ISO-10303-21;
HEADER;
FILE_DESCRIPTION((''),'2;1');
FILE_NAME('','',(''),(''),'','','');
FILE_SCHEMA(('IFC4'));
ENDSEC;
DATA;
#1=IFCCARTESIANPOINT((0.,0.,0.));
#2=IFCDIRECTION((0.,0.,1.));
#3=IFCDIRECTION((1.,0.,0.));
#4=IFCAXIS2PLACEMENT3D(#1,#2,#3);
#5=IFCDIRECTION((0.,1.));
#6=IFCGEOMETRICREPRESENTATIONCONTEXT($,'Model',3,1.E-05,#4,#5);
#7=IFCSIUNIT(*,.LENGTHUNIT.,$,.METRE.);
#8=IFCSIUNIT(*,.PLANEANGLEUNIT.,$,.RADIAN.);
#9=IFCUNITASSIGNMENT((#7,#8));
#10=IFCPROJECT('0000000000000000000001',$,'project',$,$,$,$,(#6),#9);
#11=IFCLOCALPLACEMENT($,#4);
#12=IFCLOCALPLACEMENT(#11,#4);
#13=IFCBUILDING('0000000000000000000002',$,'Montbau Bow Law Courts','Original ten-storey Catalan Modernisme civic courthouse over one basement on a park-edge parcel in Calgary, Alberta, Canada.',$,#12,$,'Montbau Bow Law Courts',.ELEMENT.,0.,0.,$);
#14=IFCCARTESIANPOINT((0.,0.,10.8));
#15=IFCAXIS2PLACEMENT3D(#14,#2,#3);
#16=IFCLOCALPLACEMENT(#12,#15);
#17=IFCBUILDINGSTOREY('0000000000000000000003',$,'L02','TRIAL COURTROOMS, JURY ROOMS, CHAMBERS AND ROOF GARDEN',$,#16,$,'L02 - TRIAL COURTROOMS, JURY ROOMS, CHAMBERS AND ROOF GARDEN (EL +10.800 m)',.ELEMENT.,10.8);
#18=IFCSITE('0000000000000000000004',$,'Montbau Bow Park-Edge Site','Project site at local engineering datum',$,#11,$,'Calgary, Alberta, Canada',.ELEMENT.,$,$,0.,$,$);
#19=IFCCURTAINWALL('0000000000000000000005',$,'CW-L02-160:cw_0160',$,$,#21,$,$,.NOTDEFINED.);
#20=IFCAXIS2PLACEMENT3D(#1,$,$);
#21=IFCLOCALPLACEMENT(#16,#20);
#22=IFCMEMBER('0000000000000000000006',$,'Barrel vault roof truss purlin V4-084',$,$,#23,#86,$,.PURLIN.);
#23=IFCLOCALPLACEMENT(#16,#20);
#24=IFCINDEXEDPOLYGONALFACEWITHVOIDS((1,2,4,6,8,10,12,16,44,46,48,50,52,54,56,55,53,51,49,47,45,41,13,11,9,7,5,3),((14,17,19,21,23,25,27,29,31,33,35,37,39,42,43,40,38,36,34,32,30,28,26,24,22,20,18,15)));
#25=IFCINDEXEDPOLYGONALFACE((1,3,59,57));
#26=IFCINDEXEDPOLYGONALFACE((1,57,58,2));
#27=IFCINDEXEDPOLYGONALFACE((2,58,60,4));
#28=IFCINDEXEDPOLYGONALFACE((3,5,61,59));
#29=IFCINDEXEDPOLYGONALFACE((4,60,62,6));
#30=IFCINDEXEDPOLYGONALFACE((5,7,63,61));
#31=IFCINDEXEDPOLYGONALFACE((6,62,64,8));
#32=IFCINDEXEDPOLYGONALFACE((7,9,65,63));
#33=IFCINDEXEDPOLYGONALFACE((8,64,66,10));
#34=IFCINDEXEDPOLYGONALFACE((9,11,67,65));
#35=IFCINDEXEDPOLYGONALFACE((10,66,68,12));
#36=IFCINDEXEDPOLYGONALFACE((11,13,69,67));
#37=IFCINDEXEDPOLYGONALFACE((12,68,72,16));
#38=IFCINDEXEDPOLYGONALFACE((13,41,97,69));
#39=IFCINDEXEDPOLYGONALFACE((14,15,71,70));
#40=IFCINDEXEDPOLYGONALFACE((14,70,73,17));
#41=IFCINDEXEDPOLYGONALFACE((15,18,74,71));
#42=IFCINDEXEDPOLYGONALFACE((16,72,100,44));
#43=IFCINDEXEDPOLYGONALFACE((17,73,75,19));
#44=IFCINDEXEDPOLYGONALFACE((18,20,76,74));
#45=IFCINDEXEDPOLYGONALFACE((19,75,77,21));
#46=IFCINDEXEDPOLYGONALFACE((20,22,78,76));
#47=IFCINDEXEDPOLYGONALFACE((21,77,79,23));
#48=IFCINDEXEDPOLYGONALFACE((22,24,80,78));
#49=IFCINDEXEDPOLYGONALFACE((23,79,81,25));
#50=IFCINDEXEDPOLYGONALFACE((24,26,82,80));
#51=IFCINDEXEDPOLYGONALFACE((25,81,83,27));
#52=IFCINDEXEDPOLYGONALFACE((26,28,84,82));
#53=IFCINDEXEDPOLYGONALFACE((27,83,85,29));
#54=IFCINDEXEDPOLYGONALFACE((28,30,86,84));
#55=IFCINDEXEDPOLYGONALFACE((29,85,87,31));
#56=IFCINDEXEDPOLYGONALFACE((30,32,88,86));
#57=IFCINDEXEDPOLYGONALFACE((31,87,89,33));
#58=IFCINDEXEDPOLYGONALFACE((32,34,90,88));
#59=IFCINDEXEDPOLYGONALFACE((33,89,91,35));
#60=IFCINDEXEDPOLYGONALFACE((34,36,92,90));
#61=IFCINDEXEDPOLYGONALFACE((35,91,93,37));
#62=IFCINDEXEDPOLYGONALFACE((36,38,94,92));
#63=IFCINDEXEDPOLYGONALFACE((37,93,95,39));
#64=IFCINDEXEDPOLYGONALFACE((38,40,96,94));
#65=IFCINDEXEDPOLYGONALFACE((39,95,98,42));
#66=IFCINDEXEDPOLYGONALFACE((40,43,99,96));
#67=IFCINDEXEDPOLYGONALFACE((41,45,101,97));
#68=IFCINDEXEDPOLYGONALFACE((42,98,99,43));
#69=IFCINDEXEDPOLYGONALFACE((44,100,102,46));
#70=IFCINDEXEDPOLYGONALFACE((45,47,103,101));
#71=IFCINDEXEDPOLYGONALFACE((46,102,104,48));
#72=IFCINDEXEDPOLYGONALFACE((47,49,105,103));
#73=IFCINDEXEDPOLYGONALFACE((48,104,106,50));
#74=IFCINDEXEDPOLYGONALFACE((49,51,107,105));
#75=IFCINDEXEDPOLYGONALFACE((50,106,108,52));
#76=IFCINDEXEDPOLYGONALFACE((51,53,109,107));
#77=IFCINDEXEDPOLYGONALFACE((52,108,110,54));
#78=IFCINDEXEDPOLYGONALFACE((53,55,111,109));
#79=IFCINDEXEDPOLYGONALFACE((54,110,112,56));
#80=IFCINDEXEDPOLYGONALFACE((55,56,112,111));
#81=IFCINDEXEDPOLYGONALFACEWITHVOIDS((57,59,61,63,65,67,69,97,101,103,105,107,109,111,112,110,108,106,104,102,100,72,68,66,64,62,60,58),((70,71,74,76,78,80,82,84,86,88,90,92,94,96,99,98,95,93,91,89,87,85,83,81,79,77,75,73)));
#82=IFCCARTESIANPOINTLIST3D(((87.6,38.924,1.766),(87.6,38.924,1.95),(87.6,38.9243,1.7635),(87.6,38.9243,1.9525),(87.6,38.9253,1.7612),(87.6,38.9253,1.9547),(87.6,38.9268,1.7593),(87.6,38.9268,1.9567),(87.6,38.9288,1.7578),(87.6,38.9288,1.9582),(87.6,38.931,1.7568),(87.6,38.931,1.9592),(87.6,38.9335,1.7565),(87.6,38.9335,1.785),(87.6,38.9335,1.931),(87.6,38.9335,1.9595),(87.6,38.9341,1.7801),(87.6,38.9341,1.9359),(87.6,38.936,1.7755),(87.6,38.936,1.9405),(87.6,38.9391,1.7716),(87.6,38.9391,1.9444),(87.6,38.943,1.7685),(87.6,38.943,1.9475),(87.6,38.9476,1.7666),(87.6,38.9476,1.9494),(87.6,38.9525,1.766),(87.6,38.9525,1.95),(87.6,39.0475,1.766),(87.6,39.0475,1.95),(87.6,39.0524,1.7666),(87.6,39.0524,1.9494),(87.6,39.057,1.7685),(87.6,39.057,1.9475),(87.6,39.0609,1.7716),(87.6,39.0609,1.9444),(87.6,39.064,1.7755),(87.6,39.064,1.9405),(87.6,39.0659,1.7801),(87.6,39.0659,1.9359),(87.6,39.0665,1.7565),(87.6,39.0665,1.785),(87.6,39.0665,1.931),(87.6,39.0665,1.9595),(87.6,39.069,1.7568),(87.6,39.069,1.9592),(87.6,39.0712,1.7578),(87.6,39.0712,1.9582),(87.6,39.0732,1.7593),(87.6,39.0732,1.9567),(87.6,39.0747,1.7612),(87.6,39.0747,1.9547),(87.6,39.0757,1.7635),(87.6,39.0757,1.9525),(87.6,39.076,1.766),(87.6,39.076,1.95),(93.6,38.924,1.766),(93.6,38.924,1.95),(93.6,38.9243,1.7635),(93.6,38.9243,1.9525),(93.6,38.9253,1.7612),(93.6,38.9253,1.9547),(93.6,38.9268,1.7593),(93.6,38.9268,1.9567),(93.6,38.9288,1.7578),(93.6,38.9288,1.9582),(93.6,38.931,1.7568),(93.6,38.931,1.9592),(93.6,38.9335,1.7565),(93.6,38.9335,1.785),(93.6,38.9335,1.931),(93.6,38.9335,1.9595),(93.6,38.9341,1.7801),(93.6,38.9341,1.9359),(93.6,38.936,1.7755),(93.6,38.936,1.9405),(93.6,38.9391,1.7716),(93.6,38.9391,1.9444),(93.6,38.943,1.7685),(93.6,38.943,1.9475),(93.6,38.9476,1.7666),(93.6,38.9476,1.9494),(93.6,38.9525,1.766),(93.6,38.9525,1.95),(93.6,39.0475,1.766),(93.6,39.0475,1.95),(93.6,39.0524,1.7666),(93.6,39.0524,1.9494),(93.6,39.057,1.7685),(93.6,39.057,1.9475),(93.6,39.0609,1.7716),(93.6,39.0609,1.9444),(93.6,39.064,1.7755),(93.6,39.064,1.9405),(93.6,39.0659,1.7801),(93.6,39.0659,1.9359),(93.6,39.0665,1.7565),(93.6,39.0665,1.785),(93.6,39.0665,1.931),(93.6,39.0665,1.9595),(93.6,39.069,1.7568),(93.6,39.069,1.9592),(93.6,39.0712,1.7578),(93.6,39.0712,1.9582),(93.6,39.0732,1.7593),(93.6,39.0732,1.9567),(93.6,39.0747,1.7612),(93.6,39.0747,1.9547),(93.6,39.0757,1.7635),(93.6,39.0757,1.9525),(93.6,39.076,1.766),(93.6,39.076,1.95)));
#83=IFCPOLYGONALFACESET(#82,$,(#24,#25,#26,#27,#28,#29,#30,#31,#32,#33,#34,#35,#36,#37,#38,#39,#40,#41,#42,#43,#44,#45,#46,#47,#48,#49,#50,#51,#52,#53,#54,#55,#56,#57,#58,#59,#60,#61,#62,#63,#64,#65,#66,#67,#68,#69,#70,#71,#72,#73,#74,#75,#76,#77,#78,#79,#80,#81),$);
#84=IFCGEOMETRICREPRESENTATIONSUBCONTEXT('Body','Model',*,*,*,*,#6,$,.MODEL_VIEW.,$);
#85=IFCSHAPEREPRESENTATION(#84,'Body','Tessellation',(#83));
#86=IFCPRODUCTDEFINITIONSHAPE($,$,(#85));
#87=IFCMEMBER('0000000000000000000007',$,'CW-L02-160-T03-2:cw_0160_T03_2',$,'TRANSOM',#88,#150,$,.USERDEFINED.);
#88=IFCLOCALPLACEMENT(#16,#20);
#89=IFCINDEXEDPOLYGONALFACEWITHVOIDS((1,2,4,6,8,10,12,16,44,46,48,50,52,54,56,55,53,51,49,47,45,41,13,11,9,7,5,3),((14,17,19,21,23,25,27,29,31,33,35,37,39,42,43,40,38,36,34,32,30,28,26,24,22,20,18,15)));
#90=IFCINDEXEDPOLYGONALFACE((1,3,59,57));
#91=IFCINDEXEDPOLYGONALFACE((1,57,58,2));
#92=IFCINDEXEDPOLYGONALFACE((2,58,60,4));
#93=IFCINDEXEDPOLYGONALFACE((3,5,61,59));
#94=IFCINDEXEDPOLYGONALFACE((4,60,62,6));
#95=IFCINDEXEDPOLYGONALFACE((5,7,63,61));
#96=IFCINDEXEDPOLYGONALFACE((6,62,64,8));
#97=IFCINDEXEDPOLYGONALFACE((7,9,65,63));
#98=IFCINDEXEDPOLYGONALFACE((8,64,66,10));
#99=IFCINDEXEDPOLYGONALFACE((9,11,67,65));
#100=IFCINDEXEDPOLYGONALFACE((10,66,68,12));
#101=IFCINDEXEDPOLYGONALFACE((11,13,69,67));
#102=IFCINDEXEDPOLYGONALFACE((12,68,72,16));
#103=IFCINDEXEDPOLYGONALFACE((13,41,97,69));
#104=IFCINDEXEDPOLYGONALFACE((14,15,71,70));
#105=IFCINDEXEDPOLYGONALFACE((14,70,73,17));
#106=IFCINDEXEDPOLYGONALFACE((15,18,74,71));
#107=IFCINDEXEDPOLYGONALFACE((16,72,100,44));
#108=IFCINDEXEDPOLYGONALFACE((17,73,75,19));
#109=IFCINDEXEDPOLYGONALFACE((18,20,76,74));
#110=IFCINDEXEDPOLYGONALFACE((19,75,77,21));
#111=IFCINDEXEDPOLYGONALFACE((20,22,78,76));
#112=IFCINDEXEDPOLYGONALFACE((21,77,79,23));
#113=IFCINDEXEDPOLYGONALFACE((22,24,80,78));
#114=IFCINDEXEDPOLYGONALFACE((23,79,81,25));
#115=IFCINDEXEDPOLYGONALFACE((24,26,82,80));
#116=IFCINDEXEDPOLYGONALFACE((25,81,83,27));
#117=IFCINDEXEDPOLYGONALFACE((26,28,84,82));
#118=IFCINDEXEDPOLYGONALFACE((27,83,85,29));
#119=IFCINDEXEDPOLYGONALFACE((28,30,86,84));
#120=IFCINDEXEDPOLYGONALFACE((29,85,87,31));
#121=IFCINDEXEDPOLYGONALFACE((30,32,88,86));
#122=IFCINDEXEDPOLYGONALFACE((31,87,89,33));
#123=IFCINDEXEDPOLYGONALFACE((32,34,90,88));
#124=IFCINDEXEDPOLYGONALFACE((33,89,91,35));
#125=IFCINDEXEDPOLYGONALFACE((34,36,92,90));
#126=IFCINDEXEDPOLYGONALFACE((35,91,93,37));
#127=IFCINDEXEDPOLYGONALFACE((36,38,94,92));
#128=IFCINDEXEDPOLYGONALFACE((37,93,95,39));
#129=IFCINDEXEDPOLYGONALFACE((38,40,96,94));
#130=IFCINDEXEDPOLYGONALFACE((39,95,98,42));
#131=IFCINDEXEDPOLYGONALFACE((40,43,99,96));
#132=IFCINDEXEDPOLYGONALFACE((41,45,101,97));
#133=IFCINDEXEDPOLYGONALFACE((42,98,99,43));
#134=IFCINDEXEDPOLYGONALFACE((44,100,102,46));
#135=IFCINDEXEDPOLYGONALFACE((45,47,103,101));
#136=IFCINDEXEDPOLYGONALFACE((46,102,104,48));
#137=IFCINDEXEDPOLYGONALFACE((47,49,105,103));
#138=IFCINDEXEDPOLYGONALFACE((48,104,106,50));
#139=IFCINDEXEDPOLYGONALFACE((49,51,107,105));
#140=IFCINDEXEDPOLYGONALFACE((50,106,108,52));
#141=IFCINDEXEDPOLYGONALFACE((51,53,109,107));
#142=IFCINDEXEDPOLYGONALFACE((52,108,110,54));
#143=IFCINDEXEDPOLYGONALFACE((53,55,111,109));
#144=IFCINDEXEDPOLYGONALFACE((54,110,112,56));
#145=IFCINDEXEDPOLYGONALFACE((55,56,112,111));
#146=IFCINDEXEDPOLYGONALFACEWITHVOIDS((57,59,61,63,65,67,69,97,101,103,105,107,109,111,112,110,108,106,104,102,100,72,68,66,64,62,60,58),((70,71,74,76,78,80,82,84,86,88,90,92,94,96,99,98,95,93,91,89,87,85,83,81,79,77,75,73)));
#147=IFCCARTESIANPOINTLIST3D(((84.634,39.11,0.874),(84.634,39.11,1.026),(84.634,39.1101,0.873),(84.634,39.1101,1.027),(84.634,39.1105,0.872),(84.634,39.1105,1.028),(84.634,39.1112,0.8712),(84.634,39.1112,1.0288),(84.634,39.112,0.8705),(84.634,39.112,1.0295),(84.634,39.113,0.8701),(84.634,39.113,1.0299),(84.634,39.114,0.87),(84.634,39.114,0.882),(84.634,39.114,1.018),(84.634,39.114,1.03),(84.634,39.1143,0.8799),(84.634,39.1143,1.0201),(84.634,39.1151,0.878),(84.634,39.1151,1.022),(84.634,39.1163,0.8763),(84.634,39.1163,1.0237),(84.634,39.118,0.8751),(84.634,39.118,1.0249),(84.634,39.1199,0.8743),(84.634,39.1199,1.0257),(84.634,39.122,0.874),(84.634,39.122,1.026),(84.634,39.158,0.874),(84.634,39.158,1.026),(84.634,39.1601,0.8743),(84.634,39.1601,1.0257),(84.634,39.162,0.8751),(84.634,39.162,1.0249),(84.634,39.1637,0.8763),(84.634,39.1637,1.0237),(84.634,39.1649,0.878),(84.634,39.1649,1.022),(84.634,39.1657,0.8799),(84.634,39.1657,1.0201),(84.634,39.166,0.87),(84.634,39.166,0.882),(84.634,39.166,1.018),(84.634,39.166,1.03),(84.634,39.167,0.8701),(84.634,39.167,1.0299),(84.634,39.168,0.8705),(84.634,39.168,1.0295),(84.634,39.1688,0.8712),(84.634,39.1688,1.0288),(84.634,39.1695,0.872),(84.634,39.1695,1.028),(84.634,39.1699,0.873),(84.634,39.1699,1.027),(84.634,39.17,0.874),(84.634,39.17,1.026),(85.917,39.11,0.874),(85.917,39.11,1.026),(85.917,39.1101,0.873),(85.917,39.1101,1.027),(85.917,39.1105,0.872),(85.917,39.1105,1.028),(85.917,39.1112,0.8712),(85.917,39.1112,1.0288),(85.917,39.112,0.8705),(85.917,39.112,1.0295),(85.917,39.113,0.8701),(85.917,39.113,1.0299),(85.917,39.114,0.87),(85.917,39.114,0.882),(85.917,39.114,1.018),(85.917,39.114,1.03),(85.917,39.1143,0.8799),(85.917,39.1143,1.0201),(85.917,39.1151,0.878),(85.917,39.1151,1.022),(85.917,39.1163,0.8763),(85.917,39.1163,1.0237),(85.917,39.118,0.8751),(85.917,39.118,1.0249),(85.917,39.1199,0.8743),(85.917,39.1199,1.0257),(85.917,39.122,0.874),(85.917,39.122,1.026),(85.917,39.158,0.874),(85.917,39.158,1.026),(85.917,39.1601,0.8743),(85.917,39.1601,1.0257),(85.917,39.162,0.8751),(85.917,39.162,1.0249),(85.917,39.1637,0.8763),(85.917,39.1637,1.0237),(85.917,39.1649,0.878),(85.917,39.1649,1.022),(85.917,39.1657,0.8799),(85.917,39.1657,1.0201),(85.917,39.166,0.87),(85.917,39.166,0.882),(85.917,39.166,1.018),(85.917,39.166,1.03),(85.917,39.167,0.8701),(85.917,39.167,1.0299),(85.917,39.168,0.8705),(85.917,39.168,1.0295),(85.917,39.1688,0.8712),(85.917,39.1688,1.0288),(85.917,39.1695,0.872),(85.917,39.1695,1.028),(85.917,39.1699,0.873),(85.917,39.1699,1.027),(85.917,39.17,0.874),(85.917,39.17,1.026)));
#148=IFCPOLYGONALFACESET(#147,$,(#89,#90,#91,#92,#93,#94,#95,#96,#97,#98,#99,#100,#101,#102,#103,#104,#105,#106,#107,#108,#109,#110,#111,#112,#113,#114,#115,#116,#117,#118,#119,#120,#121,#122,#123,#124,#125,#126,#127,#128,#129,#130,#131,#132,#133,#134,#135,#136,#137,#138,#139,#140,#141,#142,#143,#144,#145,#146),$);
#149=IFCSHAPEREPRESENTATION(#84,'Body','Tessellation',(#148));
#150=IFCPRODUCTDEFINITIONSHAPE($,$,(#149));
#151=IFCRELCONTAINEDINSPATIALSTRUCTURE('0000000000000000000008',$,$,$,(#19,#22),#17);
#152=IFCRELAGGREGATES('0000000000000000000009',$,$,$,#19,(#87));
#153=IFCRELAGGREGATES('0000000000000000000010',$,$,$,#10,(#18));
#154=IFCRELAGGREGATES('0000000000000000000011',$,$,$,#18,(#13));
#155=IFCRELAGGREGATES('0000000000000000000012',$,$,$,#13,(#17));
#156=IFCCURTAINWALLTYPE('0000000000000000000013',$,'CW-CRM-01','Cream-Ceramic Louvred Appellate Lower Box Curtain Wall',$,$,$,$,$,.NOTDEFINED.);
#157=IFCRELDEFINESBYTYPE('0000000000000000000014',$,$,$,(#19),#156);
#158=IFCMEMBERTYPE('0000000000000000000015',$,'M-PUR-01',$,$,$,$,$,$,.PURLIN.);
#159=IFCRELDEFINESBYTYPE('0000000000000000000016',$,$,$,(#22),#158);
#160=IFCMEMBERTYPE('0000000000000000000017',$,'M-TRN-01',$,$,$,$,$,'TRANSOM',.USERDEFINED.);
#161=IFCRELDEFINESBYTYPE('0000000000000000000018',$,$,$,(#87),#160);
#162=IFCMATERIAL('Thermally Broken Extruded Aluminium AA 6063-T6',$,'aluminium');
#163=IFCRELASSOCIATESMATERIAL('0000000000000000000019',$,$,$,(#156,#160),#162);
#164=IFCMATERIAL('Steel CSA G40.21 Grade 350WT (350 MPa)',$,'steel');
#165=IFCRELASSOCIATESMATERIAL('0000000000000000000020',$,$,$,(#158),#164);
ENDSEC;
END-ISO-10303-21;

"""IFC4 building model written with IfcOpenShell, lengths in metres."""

from ifc_helpers import new_model, si_unit, direction, frame, origin_with_axes, origin_2d_with_axis, place, context, subcontext, project, spatial, hollow_rectangle, extrude, material, material_profile, profile_set, type_object, element, aggregate, save


model = new_model("IFC4")

# Units and contexts
model_context = context("Model", 3, precision=1e-05, world=origin_with_axes(), true_north=direction((0.0, 1.0)))
body_context = subcontext(model_context, "Body", "Model", "MODEL_VIEW")
ifc_project = project(units=[si_unit("LENGTHUNIT", "METRE"), si_unit("PLANEANGLEUNIT", "RADIAN")], contexts=[model_context])

# Site, building, storey
site_placement = place(None, origin_with_axes())
site = spatial("IfcSite", under=ifc_project, at=site_placement, Name="Montbau Bow Park-Edge Site", Description="Project site at local engineering datum", LongName="Calgary, Alberta, Canada", CompositionType="ELEMENT", RefElevation=0.0)
building_placement = place(site_placement, origin_with_axes())
building = spatial("IfcBuilding", under=site, at=building_placement, Name="Montbau Bow Law Courts", Description="Original ten-storey Catalan Modernisme civic courthouse over one basement on a park-edge parcel in Calgary, Alberta, Canada.", LongName="Montbau Bow Law Courts", CompositionType="ELEMENT", ElevationOfRefHeight=0.0, ElevationOfTerrain=0.0)
storey_placement = place(building_placement, frame((0.0, 0.0, 10.8), z_axis=(0.0, 0.0, 1.0), x_axis=(1.0, 0.0, 0.0)))
storey = spatial("IfcBuildingStorey", under=building, at=storey_placement, Name="L02", Description="TRIAL COURTROOMS, JURY ROOMS, CHAMBERS AND ROOF GARDEN", LongName="L02 - TRIAL COURTROOMS, JURY ROOMS, CHAMBERS AND ROOF GARDEN (EL +10.800 m)", CompositionType="ELEMENT", Elevation=10.8)

# Shared definitions
ifc_material_1 = material(Name="Steel CSA G40.21 Grade 350WT (350 MPa)", Category="steel")

# Curtain wall
ifc_material_2 = material(Name="Thermally Broken Extruded Aluminium AA 6063-T6", Category="aluminium")
curtain_wall_type = type_object("IfcCurtainWallType", Name="CW-CRM-01", Description="Cream-Ceramic Louvred Appellate Lower Box Curtain Wall", PredefinedType="NOTDEFINED", material=ifc_material_2)
curtain_wall_1_placement = place(None, frame((81.897, 39.14, 10.8), z_axis=(0.0, 0.0, 1.0), x_axis=(1.0, 0.0, 0.0)))
curtain_wall_1 = element("IfcCurtainWall", 1, at=curtain_wall_1_placement, inside=storey, type_object=curtain_wall_type, Name="CW-L02-160:cw_0160", PredefinedType="NOTDEFINED")

# Members
ifc_material_profile_1 = material_profile(ifc_material_1, hollow_rectangle(XDim=0.152, YDim=0.203, WallThickness=0.0095, InnerFilletRadius=0.019, OuterFilletRadius=0.0095, at=origin_2d_with_axis()), Name="HSS203X152X9.5", Category="Main", Priority=0)
ifc_profile_set_1 = profile_set([ifc_material_profile_1], Name="Steel CSA G40.21 Grade 350WT (350 MPa)")
member_type_1 = type_object("IfcMemberType", Name="M-PUR-01", PredefinedType="PURLIN", material=ifc_profile_set_1)
member_1_placement = place(None, frame((87.6, 39.0, 12.658), z_axis=(1.0, 0.0, 0.0), x_axis=(0.0, 1.0, 0.0)))
element("IfcMember", 2, at=member_1_placement, inside=storey, type_object=member_type_1, Name="Barrel vault roof truss purlin V4-084", PredefinedType="PURLIN", context=body_context, shape_type="SweptSolid", body=[
    extrude(hollow_rectangle(XDim=0.152, YDim=0.203, WallThickness=0.0095, InnerFilletRadius=0.019, OuterFilletRadius=0.0095, at=origin_2d_with_axis()), origin_with_axes(), (0.0, 0.0, 1.0), 6.0),
])
ifc_material_profile_2 = material_profile(ifc_material_2, hollow_rectangle(XDim=0.06, YDim=0.16, WallThickness=0.004, InnerFilletRadius=0.008, OuterFilletRadius=0.004, at=origin_2d_with_axis()), Name="CWT-160X60", Category="Main", Priority=0)
ifc_profile_set_2 = profile_set([ifc_material_profile_2], Name="Thermally Broken Extruded Aluminium AA 6063-T6")
member_type_2 = type_object("IfcMemberType", Name="M-TRN-01", ElementType="TRANSOM", PredefinedType="USERDEFINED", material=ifc_profile_set_2)
member_2_placement = place(None, frame((84.634, 39.14, 11.75), z_axis=(1.0, 0.0, 0.0), x_axis=(0.0, 1.0, 0.0)))
member_2 = element("IfcMember", 3, at=member_2_placement, type_object=member_type_2, Name="CW-L02-160-T03-2:cw_0160_T03_2", ObjectType="TRANSOM", PredefinedType="USERDEFINED", context=body_context, shape_type="SweptSolid", body=[
    extrude(hollow_rectangle(XDim=0.06, YDim=0.16, WallThickness=0.004, InnerFilletRadius=0.008, OuterFilletRadius=0.004, at=origin_2d_with_axis()), origin_with_axes(), (0.0, 0.0, 1.0), 1.283),
])

aggregate(curtain_wall_1, [member_2])

save(model, "model.ifc")
